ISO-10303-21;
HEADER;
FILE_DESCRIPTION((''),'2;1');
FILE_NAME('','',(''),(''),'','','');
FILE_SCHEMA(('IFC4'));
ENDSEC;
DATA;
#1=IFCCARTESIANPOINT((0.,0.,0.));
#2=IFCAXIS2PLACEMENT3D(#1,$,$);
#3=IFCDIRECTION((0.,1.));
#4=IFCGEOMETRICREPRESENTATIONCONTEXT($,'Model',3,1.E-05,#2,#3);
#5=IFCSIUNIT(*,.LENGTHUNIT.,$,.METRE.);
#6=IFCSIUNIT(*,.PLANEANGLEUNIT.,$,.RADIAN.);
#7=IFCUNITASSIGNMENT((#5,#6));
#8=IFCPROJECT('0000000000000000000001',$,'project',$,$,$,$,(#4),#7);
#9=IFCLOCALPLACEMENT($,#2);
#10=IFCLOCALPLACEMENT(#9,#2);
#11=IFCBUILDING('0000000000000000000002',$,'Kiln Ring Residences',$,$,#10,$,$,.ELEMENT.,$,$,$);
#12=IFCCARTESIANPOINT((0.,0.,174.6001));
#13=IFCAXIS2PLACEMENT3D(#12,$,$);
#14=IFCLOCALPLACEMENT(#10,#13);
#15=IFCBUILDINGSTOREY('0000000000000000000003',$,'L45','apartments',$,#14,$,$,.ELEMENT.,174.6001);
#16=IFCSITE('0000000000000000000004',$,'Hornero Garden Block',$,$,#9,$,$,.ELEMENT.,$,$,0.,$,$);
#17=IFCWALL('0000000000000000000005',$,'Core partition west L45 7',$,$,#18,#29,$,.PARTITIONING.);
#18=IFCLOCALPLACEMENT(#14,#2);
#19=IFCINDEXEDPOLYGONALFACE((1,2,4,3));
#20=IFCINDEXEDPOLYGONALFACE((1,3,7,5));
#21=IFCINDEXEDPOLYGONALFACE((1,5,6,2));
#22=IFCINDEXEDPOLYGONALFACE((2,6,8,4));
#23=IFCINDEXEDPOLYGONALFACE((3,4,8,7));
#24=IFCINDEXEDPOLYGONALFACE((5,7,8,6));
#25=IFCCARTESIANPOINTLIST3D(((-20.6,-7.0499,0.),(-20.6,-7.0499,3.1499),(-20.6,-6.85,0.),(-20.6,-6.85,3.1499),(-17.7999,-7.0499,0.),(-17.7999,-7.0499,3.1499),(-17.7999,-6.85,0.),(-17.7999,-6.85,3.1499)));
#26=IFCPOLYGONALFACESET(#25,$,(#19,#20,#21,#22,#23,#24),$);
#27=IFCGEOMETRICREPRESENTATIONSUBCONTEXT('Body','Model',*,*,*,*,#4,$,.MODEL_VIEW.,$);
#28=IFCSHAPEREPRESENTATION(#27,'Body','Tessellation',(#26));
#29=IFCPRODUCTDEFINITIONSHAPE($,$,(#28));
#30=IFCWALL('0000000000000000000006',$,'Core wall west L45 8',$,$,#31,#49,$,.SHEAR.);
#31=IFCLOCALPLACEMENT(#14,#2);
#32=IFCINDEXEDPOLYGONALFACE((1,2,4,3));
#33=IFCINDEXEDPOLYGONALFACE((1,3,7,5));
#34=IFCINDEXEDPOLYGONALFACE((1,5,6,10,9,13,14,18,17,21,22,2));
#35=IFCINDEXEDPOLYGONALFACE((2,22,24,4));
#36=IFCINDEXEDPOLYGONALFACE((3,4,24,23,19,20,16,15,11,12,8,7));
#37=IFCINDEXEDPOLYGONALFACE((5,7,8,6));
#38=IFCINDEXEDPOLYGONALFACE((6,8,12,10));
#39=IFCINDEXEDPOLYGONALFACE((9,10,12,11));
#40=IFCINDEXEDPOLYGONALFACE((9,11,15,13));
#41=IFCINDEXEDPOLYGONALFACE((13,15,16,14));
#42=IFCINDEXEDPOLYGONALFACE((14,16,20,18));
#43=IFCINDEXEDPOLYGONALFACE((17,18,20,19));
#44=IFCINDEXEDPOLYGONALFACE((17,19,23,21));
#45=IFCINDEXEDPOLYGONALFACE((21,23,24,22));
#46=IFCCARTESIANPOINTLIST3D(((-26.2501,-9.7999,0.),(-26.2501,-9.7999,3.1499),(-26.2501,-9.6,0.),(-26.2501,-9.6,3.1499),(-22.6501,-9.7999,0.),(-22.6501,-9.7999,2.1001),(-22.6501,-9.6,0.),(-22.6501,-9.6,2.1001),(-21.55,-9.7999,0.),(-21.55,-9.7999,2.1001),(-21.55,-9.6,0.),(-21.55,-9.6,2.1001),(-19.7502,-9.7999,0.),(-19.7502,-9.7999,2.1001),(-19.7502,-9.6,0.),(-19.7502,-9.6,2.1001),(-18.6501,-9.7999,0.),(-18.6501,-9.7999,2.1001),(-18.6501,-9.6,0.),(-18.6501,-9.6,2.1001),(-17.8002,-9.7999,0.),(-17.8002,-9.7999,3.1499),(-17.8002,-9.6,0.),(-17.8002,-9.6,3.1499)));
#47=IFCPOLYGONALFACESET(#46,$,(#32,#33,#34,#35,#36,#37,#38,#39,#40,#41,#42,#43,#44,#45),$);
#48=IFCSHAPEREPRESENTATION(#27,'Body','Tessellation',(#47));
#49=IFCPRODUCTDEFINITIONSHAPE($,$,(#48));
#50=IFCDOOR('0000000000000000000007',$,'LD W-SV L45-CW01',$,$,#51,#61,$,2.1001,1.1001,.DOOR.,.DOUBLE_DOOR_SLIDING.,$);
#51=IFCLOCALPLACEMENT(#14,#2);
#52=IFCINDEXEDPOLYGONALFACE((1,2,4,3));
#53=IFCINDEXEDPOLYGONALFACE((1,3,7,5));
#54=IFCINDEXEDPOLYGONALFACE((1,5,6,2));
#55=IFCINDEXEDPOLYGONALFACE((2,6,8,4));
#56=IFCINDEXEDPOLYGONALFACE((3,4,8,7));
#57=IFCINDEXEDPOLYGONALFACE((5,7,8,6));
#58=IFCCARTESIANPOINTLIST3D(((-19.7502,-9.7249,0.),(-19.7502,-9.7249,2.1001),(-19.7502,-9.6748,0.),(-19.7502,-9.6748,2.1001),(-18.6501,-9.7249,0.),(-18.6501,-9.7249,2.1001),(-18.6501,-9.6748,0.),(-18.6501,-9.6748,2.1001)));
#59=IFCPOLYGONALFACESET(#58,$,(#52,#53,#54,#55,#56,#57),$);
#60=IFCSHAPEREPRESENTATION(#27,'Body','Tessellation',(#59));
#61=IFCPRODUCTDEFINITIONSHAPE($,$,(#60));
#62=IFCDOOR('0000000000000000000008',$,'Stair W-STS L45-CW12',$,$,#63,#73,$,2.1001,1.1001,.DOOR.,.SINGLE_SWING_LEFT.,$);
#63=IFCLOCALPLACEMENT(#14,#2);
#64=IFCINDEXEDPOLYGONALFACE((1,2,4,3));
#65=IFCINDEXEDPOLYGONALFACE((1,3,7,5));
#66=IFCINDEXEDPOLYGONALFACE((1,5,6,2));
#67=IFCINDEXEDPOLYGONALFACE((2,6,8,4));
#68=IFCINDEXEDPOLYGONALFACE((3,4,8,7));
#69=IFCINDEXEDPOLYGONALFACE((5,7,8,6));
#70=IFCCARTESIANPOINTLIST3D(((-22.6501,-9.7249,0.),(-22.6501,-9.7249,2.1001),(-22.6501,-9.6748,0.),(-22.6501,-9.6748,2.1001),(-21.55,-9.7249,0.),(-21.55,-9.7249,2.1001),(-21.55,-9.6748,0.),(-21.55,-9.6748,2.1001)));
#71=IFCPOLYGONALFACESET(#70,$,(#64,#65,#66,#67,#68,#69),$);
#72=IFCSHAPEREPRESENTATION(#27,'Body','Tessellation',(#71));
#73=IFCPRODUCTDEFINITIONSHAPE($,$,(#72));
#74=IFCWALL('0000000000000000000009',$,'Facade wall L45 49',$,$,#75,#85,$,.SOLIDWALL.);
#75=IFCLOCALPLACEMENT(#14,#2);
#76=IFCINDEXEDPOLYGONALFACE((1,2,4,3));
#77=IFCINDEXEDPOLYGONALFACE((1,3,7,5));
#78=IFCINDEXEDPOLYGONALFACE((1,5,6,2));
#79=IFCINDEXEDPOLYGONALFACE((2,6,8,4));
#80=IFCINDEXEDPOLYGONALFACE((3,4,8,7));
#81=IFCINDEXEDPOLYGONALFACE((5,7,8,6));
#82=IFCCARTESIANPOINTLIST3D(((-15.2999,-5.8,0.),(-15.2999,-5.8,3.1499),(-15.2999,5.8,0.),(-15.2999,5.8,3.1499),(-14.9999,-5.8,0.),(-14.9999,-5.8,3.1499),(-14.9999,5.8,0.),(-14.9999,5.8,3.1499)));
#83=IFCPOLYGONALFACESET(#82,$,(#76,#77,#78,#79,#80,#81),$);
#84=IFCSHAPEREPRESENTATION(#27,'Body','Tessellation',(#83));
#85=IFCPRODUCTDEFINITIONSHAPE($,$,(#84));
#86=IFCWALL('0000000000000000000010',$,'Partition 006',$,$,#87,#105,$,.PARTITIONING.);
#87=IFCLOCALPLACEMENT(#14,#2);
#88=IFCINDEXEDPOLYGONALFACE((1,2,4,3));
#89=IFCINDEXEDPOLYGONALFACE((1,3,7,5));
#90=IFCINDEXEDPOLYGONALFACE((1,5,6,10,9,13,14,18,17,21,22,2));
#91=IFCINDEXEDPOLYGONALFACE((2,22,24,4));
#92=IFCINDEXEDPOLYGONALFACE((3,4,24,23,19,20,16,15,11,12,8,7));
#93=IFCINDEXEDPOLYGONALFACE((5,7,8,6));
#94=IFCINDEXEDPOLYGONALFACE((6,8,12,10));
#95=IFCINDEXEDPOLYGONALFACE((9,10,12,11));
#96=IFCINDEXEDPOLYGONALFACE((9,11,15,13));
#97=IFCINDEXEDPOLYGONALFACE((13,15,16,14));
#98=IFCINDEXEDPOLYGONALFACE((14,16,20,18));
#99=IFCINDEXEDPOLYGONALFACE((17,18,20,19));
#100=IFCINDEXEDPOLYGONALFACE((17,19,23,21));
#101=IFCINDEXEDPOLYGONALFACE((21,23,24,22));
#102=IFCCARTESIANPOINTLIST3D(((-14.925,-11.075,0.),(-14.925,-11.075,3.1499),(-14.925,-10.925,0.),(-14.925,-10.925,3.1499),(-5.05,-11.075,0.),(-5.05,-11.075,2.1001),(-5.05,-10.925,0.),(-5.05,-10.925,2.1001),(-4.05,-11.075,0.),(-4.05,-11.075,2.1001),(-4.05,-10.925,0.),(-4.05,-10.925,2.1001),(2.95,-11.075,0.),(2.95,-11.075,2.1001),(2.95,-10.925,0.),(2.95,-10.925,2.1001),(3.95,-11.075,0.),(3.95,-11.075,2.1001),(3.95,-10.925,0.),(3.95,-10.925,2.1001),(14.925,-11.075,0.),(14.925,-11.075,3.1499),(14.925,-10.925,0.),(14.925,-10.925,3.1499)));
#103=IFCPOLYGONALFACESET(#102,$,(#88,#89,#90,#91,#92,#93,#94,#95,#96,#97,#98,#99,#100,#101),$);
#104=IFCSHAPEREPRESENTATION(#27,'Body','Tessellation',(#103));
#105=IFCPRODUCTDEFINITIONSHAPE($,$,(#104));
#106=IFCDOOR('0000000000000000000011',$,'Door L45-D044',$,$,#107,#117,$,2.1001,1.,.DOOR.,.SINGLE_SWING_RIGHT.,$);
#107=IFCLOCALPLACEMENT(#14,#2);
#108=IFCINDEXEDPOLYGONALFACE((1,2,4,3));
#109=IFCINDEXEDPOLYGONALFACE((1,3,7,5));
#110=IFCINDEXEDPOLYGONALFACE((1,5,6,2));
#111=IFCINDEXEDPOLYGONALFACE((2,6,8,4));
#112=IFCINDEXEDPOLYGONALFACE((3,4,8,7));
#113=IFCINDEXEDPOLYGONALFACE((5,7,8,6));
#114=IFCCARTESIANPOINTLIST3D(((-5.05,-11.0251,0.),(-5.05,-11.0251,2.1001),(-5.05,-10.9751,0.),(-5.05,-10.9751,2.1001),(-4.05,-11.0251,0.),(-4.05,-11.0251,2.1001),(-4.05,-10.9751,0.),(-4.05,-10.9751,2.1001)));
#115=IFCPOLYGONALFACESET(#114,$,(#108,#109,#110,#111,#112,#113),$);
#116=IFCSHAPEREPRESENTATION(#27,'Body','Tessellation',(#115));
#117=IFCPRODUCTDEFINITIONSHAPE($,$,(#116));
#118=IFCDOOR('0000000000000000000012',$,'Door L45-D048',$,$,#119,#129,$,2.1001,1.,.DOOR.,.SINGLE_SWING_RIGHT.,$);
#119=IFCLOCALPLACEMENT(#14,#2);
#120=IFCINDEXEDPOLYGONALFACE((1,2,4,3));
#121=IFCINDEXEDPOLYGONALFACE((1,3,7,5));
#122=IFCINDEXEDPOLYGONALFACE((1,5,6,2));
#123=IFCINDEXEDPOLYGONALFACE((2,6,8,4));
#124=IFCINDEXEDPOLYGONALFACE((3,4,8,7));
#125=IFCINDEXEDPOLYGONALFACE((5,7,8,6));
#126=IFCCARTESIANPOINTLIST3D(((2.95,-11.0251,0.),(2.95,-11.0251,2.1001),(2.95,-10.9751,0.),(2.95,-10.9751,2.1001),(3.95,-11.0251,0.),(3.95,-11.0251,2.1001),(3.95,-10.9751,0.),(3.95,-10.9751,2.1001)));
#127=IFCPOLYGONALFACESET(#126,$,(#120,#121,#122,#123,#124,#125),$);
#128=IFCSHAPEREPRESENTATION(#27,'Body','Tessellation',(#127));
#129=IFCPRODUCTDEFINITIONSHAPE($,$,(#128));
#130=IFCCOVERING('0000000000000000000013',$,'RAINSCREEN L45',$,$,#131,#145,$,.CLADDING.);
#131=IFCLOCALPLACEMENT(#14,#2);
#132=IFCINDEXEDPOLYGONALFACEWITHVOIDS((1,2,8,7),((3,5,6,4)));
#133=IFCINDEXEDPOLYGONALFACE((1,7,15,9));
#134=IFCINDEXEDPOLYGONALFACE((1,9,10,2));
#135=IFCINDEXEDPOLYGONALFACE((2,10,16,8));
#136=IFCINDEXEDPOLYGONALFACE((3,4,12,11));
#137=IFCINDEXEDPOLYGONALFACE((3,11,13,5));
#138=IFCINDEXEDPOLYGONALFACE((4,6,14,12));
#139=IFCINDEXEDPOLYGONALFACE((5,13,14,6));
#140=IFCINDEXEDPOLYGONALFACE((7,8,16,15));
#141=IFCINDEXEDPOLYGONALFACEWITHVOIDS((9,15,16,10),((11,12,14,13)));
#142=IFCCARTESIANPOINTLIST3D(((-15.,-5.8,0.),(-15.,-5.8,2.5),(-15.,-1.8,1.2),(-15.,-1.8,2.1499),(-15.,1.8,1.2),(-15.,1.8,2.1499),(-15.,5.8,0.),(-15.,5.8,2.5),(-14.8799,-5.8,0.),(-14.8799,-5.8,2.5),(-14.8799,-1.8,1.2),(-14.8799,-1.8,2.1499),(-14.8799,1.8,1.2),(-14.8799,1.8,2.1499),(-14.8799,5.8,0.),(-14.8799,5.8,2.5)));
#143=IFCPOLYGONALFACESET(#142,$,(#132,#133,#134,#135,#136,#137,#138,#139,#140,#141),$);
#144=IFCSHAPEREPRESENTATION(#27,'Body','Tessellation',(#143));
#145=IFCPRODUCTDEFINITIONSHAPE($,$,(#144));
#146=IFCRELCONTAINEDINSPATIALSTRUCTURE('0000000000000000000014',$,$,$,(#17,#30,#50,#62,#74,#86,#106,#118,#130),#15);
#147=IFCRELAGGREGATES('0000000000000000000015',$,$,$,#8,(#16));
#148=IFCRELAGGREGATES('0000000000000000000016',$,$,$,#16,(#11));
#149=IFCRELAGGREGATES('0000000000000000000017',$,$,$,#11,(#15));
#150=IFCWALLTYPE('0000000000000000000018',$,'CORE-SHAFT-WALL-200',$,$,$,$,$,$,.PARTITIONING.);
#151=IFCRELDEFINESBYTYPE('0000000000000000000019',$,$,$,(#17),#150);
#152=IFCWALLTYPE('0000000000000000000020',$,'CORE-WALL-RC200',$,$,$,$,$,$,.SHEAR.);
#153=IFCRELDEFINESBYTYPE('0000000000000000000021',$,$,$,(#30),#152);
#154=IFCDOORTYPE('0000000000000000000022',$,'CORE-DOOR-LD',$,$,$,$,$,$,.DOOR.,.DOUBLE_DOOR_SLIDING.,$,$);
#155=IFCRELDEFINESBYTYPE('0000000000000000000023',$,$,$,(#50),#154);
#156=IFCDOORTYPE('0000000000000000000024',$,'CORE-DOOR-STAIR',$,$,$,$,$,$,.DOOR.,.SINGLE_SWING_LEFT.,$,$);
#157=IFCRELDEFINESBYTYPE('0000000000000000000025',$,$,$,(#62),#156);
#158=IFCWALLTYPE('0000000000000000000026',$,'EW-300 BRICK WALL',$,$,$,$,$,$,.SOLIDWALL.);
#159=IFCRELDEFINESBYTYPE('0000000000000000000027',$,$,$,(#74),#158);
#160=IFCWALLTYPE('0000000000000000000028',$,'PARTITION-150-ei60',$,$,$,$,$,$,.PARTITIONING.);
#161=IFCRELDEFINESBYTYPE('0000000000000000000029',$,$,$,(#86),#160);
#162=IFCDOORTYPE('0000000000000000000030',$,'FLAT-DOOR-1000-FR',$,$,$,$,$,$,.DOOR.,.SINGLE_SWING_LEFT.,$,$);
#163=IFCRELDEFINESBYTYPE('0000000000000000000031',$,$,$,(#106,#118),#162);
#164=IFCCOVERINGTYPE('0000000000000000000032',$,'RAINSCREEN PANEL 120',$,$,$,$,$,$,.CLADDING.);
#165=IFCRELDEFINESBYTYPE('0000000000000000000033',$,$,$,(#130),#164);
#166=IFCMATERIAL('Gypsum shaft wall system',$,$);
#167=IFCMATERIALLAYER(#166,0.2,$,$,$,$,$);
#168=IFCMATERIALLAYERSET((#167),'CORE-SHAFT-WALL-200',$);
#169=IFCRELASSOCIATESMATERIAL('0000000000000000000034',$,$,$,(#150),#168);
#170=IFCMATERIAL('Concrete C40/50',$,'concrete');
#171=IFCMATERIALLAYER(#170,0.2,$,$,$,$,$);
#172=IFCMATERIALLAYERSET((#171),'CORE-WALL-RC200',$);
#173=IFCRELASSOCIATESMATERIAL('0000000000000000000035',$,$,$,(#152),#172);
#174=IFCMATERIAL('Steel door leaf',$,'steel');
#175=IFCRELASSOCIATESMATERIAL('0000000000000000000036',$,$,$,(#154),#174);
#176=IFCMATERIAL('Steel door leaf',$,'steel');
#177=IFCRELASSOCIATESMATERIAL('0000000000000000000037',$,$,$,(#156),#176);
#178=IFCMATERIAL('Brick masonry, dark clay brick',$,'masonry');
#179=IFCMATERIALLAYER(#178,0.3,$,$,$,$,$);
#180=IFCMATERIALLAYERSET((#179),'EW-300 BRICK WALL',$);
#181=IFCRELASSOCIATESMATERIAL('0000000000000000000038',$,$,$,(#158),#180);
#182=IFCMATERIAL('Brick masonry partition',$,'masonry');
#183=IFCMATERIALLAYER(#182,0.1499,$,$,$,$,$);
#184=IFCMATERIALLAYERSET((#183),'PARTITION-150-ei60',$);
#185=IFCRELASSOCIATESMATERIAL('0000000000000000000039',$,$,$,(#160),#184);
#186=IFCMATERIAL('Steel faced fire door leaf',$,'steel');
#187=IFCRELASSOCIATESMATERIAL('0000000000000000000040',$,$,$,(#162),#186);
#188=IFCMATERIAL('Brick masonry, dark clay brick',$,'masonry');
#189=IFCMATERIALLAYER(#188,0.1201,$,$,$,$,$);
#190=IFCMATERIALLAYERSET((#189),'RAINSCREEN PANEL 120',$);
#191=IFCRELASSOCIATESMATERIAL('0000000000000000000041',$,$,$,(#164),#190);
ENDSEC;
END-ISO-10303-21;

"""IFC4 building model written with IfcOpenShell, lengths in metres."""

from ifc_helpers import new_model, si_unit, direction, frame, frame_2d, origin, place, context, subcontext, project, spatial, polyline, rectangle, outline, extrude, material, layer, layer_set, type_object, element, fill, save


model = new_model("IFC4")

# Units and contexts
model_context = context("Model", 3, precision=1e-05, world=origin(), true_north=direction((0.0, 1.0)))
body_context = subcontext(model_context, "Body", "Model", "MODEL_VIEW")
ifc_project = project(units=[si_unit("LENGTHUNIT", "METRE"), si_unit("PLANEANGLEUNIT", "RADIAN")], contexts=[model_context])

# Site, building, storey
site_placement = place(None, origin())
site = spatial("IfcSite", under=ifc_project, at=site_placement, Name="Hornero Garden Block", CompositionType="ELEMENT", RefElevation=0.0)
building_placement = place(site_placement, origin())
building = spatial("IfcBuilding", under=site, at=building_placement, Name="Kiln Ring Residences", CompositionType="ELEMENT")
storey_placement = place(building_placement, frame((0.0, 0.0, 174.6001)))
storey = spatial("IfcBuildingStorey", under=building, at=storey_placement, Name="L45", Description="apartments", CompositionType="ELEMENT", Elevation=174.6001)

# Wall
ifc_material_1 = material(Name="Gypsum shaft wall system")
ifc_layer_1 = layer(ifc_material_1, 0.2)
ifc_layer_set_1 = layer_set([ifc_layer_1], Name="CORE-SHAFT-WALL-200")
wall_type_1 = type_object("IfcWallType", Name="CORE-SHAFT-WALL-200", PredefinedType="PARTITIONING", material=ifc_layer_set_1)
wall_1_placement = place(storey_placement, frame((-17.8, -6.95, 0.0), z_axis=(0.0, 0.0, 1.0), x_axis=(-1.0, 0.0, 0.0)))
element("IfcWall", 1, at=wall_1_placement, inside=storey, type_object=wall_type_1, Name="Core partition west L45 7", PredefinedType="PARTITIONING", context=body_context, shape_type="SweptSolid", body=[
    extrude(rectangle(XDim=2.8, YDim=0.2, at=frame_2d((1.3999, 0.0))), origin(), (0.0, 0.0, 1.0), 3.1499),
])

# Wall, openings, doors
ifc_material_2 = material(Name="Concrete C40/50", Category="concrete")
ifc_layer_2 = layer(ifc_material_2, 0.2)
ifc_layer_set_2 = layer_set([ifc_layer_2], Name="CORE-WALL-RC200")
wall_type_2 = type_object("IfcWallType", Name="CORE-WALL-RC200", PredefinedType="SHEAR", material=ifc_layer_set_2)
wall_2_placement = place(storey_placement, frame((-17.8, -9.7, 0.0), z_axis=(0.0, 0.0, 1.0), x_axis=(-1.0, 0.0, 0.0)))
wall_2 = element("IfcWall", 2, at=wall_2_placement, inside=storey, type_object=wall_type_2, Name="Core wall west L45 8", PredefinedType="SHEAR", context=body_context, shape_type="SweptSolid", body=[
    extrude(rectangle(XDim=8.45, YDim=0.2, at=frame_2d((4.2251, 0.0))), origin(), (0.0, 0.0, 1.0), 3.1499),
])
opening_1_placement = place(wall_2_placement, frame((0.8501, 0.0, 0.0)))
opening_1 = element("IfcOpeningElement", 3, at=opening_1_placement, cuts=wall_2, PredefinedType="OPENING", context=body_context, shape_type="SweptSolid", body=[
    extrude(rectangle(XDim=1.1001, YDim=2.1001, at=frame_2d((0.55, 1.05))), frame((0.0, 0.1099, 0.0), z_axis=(0.0, -1.0, 0.0), x_axis=(1.0, 0.0, 0.0)), (0.0, 0.0, 1.0), 0.22),
])
opening_2_placement = place(wall_2_placement, frame((3.75, 0.0, 0.0)))
opening_2 = element("IfcOpeningElement", 4, at=opening_2_placement, cuts=wall_2, PredefinedType="OPENING", context=body_context, shape_type="SweptSolid", body=[
    extrude(rectangle(XDim=1.1001, YDim=2.1001, at=frame_2d((0.55, 1.05))), frame((0.0, 0.1099, 0.0), z_axis=(0.0, -1.0, 0.0), x_axis=(1.0, 0.0, 0.0)), (0.0, 0.0, 1.0), 0.22),
])
ifc_material_3 = material(Name="Steel door leaf", Category="steel")
door_type_1 = type_object("IfcDoorType", Name="CORE-DOOR-LD", OperationType="DOUBLE_DOOR_SLIDING", PredefinedType="DOOR", material=ifc_material_3)
door_1_placement = place(opening_1_placement, origin())
door_1 = element("IfcDoor", 5, at=door_1_placement, inside=storey, type_object=door_type_1, Name="LD W-SV L45-CW01", OperationType="DOUBLE_DOOR_SLIDING", OverallHeight=2.1001, OverallWidth=1.1001, PredefinedType="DOOR", context=body_context, shape_type="SweptSolid", body=[
    extrude(rectangle(XDim=1.1001, YDim=2.1001, at=frame_2d((0.55, 1.05))), frame((0.0, 0.0249, 0.0), z_axis=(0.0, -1.0, 0.0), x_axis=(1.0, 0.0, 0.0)), (0.0, 0.0, 1.0), 0.05),
])
fill(opening_1, door_1)
ifc_material_4 = material(Name="Steel door leaf", Category="steel")
door_type_2 = type_object("IfcDoorType", Name="CORE-DOOR-STAIR", OperationType="SINGLE_SWING_LEFT", PredefinedType="DOOR", material=ifc_material_4)
door_2_placement = place(opening_2_placement, origin())
door_2 = element("IfcDoor", 6, at=door_2_placement, inside=storey, type_object=door_type_2, Name="Stair W-STS L45-CW12", OperationType="SINGLE_SWING_LEFT", OverallHeight=2.1001, OverallWidth=1.1001, PredefinedType="DOOR", context=body_context, shape_type="SweptSolid", body=[
    extrude(rectangle(XDim=1.1001, YDim=2.1001, at=frame_2d((0.55, 1.05))), frame((0.0, 0.0249, 0.0), z_axis=(0.0, -1.0, 0.0), x_axis=(1.0, 0.0, 0.0)), (0.0, 0.0, 1.0), 0.05),
])
fill(opening_2, door_2)

# Wall
ifc_material_5 = material(Name="Brick masonry, dark clay brick", Category="masonry")
ifc_layer_3 = layer(ifc_material_5, 0.3)
ifc_layer_set_3 = layer_set([ifc_layer_3], Name="EW-300 BRICK WALL")
wall_type_3 = type_object("IfcWallType", Name="EW-300 BRICK WALL", PredefinedType="SOLIDWALL", material=ifc_layer_set_3)
wall_3_placement = place(storey_placement, frame((-15.1499, -5.8, 0.0), z_axis=(0.0, 0.0, 1.0), x_axis=(0.0, 1.0, 0.0)))
element("IfcWall", 7, at=wall_3_placement, inside=storey, type_object=wall_type_3, Name="Facade wall L45 49", PredefinedType="SOLIDWALL", context=body_context, shape_type="SweptSolid", body=[
    extrude(rectangle(XDim=11.6001, YDim=0.3, at=frame_2d((5.8, 0.0))), origin(), (0.0, 0.0, 1.0), 3.1499),
])

# Wall, openings, doors
ifc_material_6 = material(Name="Brick masonry partition", Category="masonry")
ifc_layer_4 = layer(ifc_material_6, 0.1499)
ifc_layer_set_4 = layer_set([ifc_layer_4], Name="PARTITION-150-ei60")
wall_type_4 = type_object("IfcWallType", Name="PARTITION-150-ei60", PredefinedType="PARTITIONING", material=ifc_layer_set_4)
wall_4_placement = place(storey_placement, frame((-14.925, -11.0, 0.0), z_axis=(0.0, 0.0, 1.0), x_axis=(1.0, 0.0, 0.0)))
wall_4 = element("IfcWall", 8, at=wall_4_placement, inside=storey, type_object=wall_type_4, Name="Partition 006", PredefinedType="PARTITIONING", context=body_context, shape_type="SweptSolid", body=[
    extrude(rectangle(XDim=29.8501, YDim=0.1499, at=frame_2d((14.925, 0.0))), origin(), (0.0, 0.0, 1.0), 3.1499),
])
opening_3_placement = place(wall_4_placement, frame((9.875, 0.0, 0.0)))
opening_3 = element("IfcOpeningElement", 9, at=opening_3_placement, cuts=wall_4, PredefinedType="OPENING", context=body_context, shape_type="SweptSolid", body=[
    extrude(rectangle(XDim=1.0, YDim=2.1001, at=frame_2d((0.5, 1.05))), frame((0.0, 0.085, 0.0), z_axis=(0.0, -1.0, 0.0), x_axis=(1.0, 0.0, 0.0)), (0.0, 0.0, 1.0), 0.1699),
])
opening_4_placement = place(wall_4_placement, frame((17.875, 0.0, 0.0)))
opening_4 = element("IfcOpeningElement", 10, at=opening_4_placement, cuts=wall_4, PredefinedType="OPENING", context=body_context, shape_type="SweptSolid", body=[
    extrude(rectangle(XDim=1.0, YDim=2.1001, at=frame_2d((0.5, 1.05))), frame((0.0, 0.085, 0.0), z_axis=(0.0, -1.0, 0.0), x_axis=(1.0, 0.0, 0.0)), (0.0, 0.0, 1.0), 0.1699),
])
ifc_material_7 = material(Name="Steel faced fire door leaf", Category="steel")
door_type_3 = type_object("IfcDoorType", Name="FLAT-DOOR-1000-FR", OperationType="SINGLE_SWING_LEFT", PredefinedType="DOOR", material=ifc_material_7)
door_3_placement = place(opening_3_placement, origin())
door_3 = element("IfcDoor", 11, at=door_3_placement, inside=storey, type_object=door_type_3, Name="Door L45-D044", OperationType="SINGLE_SWING_RIGHT", OverallHeight=2.1001, OverallWidth=1.0, PredefinedType="DOOR", context=body_context, shape_type="SweptSolid", body=[
    extrude(rectangle(XDim=1.0, YDim=2.1001, at=frame_2d((0.5, 1.05))), frame((0.0, 0.0249, 0.0), z_axis=(0.0, -1.0, 0.0), x_axis=(1.0, 0.0, 0.0)), (0.0, 0.0, 1.0), 0.05),
])
fill(opening_3, door_3)
door_4_placement = place(opening_4_placement, origin())
door_4 = element("IfcDoor", 12, at=door_4_placement, inside=storey, type_object=door_type_3, Name="Door L45-D048", OperationType="SINGLE_SWING_RIGHT", OverallHeight=2.1001, OverallWidth=1.0, PredefinedType="DOOR", context=body_context, shape_type="SweptSolid", body=[
    extrude(rectangle(XDim=1.0, YDim=2.1001, at=frame_2d((0.5, 1.05))), frame((0.0, 0.0249, 0.0), z_axis=(0.0, -1.0, 0.0), x_axis=(1.0, 0.0, 0.0)), (0.0, 0.0, 1.0), 0.05),
])
fill(opening_4, door_4)

# Covering
ifc_material_8 = material(Name="Brick masonry, dark clay brick", Category="masonry")
ifc_layer_5 = layer(ifc_material_8, 0.1201)
ifc_layer_set_5 = layer_set([ifc_layer_5], Name="RAINSCREEN PANEL 120")
covering_type = type_object("IfcCoveringType", Name="RAINSCREEN PANEL 120", PredefinedType="CLADDING", material=ifc_layer_set_5)
covering_placement = place(storey_placement, frame((-14.9399, -5.8, 0.0), z_axis=(0.0, 0.0, 1.0), x_axis=(0.0, 1.0, 0.0)))
element("IfcCovering", 13, at=covering_placement, inside=storey, type_object=covering_type, Name="RAINSCREEN L45", PredefinedType="CLADDING", context=body_context, shape_type="SweptSolid", body=[
    extrude(outline(polyline([(0.0, 0.0), (11.6001, 0.0), (11.6001, 2.5), (0.0, 2.5), (0.0, 0.0)]), holes=[polyline([(4.0, 2.1499), (4.0, 1.2), (7.6001, 1.2), (7.6001, 2.1499), (4.0, 2.1499)])]), frame((0.0, 0.0601, 0.0), z_axis=(0.0, -1.0, 0.0), x_axis=(1.0, 0.0, 0.0)), (0.0, 0.0, 1.0), 0.1201),
])

save(model, "model.ifc")
